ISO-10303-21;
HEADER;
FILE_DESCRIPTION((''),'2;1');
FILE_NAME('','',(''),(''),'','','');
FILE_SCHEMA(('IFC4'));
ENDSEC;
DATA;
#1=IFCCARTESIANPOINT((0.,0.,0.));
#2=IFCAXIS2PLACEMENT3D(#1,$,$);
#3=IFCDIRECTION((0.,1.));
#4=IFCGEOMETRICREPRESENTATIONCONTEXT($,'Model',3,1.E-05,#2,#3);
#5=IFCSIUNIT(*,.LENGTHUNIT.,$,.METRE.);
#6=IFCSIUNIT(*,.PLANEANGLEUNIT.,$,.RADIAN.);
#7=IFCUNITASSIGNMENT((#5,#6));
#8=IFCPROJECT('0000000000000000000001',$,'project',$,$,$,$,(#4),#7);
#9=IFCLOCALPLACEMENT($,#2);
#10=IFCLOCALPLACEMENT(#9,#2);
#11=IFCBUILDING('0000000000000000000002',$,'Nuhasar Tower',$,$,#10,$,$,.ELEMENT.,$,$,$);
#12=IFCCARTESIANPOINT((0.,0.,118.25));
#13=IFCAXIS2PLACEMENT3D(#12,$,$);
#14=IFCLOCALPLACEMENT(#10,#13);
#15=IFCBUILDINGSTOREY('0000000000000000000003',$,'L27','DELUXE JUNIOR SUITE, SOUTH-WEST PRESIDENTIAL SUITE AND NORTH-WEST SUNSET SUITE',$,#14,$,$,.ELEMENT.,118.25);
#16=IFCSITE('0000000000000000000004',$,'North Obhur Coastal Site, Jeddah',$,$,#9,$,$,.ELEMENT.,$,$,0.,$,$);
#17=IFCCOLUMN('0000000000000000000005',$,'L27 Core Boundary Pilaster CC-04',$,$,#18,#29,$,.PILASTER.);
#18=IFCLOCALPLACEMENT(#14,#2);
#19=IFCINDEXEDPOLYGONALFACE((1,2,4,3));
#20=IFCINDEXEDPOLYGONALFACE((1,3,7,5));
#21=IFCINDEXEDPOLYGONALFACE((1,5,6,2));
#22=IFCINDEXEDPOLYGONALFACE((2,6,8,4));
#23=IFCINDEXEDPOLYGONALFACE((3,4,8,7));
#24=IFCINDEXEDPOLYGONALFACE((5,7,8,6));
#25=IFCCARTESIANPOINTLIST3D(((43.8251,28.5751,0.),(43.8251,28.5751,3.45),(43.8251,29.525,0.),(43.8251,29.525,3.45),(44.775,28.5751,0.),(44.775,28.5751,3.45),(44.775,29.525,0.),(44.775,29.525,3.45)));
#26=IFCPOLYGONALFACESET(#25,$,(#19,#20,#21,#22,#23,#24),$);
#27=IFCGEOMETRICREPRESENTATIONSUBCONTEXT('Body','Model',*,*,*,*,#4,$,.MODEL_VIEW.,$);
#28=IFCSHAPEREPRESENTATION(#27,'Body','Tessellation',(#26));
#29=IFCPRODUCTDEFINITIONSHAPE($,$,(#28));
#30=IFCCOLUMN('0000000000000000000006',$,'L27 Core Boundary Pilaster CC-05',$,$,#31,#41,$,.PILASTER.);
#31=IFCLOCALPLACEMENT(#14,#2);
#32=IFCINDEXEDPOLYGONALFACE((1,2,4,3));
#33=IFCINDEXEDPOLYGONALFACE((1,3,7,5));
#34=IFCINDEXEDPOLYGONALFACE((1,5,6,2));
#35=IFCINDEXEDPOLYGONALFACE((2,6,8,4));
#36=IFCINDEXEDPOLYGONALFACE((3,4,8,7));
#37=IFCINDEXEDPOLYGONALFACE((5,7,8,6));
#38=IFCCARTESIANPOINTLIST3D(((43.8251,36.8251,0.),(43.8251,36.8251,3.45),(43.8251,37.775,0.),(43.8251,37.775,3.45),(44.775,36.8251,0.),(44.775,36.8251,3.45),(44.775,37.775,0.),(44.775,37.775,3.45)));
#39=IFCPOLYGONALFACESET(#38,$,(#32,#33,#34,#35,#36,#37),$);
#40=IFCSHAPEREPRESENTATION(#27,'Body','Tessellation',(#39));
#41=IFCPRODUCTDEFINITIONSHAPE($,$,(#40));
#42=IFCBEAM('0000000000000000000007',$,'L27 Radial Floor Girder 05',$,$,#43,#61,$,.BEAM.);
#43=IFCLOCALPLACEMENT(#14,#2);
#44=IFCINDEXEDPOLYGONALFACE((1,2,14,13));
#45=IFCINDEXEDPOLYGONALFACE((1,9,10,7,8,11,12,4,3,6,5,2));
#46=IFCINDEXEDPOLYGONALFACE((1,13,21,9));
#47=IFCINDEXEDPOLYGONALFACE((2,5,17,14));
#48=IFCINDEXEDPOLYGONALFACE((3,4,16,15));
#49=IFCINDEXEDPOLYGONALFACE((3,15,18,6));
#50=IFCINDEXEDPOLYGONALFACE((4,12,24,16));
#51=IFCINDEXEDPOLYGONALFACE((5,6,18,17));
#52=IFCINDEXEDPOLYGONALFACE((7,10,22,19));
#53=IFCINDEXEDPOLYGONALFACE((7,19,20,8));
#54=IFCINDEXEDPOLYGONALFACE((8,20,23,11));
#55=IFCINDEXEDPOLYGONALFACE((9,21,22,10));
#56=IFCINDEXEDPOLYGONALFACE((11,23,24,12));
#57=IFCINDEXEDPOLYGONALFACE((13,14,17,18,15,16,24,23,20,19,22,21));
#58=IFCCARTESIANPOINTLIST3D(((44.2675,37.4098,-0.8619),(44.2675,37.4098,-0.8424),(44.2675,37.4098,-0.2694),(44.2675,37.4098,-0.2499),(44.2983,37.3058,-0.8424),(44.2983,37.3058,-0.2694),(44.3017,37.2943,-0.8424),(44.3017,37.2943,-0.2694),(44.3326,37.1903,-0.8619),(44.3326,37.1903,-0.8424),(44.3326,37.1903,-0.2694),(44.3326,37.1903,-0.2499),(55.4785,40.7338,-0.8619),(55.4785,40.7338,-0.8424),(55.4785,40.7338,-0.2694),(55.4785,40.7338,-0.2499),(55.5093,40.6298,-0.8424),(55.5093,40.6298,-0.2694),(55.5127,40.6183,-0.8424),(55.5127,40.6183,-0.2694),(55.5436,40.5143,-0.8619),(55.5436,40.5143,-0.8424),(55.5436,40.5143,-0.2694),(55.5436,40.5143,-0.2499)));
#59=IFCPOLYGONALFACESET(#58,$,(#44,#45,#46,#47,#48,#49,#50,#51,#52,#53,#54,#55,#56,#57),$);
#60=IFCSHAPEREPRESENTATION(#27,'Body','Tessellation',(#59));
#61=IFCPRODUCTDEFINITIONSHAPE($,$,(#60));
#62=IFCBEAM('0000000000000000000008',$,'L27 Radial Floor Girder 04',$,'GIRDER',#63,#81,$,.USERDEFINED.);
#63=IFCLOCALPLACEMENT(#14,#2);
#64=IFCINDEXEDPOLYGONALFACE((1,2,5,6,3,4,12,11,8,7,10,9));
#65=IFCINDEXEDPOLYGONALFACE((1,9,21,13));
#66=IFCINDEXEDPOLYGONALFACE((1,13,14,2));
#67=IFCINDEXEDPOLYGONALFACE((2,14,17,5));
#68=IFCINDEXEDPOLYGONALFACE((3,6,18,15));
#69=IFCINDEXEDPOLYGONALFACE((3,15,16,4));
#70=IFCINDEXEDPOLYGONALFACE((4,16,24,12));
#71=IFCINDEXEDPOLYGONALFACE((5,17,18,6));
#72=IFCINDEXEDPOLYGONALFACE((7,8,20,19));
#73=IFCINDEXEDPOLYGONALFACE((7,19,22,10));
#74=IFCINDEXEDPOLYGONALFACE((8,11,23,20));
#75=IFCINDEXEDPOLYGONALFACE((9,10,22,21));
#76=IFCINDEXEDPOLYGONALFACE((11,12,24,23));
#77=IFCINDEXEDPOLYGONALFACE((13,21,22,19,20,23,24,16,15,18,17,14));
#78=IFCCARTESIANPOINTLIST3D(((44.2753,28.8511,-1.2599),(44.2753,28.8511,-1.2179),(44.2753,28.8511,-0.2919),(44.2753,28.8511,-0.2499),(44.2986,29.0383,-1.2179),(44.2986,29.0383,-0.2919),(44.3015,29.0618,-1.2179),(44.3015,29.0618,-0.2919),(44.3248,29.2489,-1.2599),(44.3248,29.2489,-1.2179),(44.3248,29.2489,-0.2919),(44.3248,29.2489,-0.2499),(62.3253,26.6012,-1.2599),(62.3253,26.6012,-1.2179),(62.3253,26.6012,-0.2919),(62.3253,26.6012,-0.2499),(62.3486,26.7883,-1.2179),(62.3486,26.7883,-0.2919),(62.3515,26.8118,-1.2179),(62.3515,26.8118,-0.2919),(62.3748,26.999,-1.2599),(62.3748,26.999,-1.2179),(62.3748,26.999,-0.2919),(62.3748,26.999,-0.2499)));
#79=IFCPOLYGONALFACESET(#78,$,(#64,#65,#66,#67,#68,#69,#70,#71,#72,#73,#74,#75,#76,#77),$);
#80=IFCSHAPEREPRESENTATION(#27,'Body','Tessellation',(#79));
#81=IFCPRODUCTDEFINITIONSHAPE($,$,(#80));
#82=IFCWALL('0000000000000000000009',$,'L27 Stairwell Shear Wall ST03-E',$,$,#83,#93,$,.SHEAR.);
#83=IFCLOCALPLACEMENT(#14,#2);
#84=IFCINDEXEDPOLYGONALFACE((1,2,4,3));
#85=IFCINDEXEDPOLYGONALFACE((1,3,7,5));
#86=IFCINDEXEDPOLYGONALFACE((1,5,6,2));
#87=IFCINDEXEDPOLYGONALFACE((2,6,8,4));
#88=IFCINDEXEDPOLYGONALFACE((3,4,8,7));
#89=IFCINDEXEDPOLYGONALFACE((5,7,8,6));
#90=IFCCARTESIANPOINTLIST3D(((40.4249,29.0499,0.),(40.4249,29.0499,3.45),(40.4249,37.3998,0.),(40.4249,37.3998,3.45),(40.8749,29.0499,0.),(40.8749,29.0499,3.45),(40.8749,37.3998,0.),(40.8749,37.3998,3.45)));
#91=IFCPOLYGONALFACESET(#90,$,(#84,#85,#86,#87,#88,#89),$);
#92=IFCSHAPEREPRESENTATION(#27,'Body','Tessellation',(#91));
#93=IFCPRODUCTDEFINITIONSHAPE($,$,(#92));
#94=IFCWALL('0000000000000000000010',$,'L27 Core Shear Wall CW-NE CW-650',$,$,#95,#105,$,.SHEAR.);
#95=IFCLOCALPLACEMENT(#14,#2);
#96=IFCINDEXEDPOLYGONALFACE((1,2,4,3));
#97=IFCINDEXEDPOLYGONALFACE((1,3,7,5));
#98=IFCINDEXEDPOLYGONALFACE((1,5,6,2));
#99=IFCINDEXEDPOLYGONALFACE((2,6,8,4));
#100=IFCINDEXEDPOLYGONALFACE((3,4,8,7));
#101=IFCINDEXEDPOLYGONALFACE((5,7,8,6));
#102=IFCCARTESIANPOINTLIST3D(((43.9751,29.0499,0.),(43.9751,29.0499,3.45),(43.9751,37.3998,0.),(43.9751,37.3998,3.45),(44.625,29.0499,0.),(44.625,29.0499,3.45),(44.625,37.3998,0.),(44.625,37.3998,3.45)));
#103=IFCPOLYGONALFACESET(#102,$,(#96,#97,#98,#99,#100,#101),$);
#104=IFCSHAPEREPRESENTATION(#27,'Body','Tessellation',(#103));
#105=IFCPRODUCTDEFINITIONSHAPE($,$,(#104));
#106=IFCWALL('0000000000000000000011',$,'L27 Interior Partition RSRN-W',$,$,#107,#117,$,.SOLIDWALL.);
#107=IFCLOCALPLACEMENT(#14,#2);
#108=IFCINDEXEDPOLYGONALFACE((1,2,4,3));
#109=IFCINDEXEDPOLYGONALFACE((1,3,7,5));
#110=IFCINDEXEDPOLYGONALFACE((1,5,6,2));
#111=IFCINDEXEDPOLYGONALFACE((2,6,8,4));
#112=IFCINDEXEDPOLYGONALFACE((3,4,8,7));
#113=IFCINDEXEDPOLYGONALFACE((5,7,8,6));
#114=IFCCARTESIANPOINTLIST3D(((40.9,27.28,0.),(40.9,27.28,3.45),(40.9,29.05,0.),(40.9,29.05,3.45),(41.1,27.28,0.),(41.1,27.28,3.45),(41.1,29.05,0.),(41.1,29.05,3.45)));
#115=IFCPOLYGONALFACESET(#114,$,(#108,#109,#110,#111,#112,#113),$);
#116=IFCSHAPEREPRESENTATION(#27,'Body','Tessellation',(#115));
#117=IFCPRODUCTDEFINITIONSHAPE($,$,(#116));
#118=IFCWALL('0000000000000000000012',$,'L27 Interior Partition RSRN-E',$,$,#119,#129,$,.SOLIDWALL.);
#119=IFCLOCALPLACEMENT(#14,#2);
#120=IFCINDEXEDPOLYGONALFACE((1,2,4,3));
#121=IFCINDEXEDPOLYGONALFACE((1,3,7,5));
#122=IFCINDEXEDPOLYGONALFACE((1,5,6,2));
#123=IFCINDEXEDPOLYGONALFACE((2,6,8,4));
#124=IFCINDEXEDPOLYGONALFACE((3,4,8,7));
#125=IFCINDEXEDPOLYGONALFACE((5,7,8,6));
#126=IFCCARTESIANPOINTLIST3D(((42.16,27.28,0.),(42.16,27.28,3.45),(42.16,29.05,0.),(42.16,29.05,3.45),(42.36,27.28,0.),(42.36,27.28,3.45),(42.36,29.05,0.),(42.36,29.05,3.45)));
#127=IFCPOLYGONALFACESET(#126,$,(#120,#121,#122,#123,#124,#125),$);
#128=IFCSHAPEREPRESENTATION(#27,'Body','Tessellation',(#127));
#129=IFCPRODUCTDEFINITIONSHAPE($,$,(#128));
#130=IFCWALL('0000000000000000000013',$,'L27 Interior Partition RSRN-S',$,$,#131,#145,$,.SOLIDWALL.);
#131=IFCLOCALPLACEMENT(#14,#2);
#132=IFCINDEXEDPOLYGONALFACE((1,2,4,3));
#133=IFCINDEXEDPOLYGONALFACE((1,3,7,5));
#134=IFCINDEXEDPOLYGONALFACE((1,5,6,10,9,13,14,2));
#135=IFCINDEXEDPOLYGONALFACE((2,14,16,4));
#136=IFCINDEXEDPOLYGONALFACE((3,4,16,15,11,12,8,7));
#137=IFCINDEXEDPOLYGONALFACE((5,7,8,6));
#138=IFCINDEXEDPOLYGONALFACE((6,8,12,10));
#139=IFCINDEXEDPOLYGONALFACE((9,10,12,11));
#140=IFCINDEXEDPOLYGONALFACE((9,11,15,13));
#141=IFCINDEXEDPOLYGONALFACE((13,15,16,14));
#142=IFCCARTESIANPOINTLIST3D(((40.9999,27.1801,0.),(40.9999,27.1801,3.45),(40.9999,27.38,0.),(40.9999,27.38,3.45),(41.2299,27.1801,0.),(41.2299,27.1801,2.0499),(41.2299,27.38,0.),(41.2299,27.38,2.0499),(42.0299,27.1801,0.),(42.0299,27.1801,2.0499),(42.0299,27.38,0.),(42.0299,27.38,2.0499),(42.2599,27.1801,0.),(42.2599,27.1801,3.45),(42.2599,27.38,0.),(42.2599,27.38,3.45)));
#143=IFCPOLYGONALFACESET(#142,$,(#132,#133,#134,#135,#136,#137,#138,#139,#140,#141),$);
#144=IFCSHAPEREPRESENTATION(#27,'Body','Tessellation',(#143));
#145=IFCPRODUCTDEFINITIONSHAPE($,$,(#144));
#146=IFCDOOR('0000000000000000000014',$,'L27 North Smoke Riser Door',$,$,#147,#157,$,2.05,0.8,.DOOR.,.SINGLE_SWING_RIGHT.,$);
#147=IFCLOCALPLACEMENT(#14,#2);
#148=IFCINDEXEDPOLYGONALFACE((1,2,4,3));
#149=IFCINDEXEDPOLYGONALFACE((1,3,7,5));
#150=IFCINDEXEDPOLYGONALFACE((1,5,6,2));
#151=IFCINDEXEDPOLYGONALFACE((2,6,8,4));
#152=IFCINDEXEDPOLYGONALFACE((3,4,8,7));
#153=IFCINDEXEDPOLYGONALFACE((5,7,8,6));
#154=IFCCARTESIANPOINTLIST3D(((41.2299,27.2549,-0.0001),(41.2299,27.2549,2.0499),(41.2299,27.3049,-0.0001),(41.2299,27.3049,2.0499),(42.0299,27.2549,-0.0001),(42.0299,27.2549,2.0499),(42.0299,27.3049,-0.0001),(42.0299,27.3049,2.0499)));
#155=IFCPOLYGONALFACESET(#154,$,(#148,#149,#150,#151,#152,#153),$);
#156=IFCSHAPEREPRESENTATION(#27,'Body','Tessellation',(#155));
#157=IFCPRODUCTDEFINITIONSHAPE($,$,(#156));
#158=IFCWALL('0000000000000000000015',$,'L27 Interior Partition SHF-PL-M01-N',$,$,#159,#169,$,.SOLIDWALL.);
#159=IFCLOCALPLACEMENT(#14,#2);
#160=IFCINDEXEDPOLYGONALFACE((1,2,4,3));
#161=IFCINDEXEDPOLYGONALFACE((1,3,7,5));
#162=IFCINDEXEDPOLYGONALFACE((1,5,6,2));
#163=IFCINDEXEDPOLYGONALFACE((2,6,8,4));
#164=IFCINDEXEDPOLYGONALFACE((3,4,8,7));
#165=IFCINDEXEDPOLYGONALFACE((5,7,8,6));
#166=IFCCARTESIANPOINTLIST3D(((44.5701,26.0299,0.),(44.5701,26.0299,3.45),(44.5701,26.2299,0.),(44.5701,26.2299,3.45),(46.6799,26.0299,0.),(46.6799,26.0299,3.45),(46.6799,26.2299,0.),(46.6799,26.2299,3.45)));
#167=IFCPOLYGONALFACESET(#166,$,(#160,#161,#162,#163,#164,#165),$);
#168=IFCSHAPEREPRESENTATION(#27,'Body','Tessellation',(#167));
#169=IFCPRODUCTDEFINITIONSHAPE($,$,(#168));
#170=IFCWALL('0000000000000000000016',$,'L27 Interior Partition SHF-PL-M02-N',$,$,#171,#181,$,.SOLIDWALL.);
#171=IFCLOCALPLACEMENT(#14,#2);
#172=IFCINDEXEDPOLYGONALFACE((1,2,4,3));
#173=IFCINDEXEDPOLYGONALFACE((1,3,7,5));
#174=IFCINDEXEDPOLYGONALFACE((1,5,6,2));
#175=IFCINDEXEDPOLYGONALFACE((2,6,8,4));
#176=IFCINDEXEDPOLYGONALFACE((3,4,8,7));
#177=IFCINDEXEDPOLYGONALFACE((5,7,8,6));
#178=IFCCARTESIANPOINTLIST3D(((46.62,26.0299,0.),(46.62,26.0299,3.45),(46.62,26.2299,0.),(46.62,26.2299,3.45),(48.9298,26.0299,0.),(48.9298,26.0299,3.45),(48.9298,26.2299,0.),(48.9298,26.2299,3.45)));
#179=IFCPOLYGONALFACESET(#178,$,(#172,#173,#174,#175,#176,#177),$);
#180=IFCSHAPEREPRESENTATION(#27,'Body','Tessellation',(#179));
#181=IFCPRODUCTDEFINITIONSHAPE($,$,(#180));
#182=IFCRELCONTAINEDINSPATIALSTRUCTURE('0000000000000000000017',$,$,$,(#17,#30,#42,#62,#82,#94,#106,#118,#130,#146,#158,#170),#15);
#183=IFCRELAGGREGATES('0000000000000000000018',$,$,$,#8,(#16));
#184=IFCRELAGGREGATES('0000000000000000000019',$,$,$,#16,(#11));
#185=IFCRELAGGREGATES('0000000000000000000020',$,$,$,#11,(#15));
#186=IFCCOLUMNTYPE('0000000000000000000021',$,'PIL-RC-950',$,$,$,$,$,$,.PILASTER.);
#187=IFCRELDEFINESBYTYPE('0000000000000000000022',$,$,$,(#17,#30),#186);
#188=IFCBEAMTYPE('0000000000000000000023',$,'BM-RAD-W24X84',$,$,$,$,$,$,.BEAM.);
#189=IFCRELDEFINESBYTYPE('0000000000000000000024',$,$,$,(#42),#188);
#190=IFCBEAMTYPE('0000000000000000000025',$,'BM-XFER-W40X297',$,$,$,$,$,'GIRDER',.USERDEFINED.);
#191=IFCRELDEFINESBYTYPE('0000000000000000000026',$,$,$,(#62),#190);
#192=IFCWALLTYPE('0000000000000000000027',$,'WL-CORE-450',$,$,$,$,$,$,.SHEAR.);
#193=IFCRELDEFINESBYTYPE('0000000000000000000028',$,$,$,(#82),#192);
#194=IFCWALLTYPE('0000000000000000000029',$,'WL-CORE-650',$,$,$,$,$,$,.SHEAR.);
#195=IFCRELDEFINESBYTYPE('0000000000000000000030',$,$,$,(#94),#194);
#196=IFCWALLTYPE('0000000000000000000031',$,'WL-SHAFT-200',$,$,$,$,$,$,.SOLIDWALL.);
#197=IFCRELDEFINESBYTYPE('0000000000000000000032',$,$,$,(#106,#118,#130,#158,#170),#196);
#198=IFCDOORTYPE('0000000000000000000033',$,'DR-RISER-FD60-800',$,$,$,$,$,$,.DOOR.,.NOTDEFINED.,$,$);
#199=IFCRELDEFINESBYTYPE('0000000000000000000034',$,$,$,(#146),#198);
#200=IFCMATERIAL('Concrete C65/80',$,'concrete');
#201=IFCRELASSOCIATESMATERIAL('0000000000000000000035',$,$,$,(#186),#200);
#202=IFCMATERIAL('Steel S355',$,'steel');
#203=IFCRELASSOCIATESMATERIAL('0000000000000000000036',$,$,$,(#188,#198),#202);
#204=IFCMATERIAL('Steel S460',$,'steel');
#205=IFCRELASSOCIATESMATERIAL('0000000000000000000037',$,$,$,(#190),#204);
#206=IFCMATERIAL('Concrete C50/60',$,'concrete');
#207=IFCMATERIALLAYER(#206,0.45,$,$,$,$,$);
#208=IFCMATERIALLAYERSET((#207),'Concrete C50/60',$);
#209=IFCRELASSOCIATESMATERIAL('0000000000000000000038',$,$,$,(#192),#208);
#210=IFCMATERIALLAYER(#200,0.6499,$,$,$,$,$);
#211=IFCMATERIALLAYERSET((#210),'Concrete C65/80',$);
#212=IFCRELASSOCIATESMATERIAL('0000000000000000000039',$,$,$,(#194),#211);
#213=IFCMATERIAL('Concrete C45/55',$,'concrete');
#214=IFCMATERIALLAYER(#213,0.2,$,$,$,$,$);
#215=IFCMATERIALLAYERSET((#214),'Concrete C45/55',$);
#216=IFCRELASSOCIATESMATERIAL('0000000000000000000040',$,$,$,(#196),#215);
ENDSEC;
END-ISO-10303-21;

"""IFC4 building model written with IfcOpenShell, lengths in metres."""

from ifc_helpers import new_model, si_unit, direction, frame, frame_2d, origin, origin_2d, place, context, subcontext, project, spatial, rectangle, i_section, extrude, material, layer, layer_set, material_profile, profile_set, type_object, element, fill, save


model = new_model("IFC4")

# Units and contexts
model_context = context("Model", 3, precision=1e-05, world=origin(), true_north=direction((0.0, 1.0)))
body_context = subcontext(model_context, "Body", "Model", "MODEL_VIEW")
ifc_project = project(units=[si_unit("LENGTHUNIT", "METRE"), si_unit("PLANEANGLEUNIT", "RADIAN")], contexts=[model_context])

# Site, building, storey
site_placement = place(None, origin())
site = spatial("IfcSite", under=ifc_project, at=site_placement, Name="North Obhur Coastal Site, Jeddah", CompositionType="ELEMENT", RefElevation=0.0)
building_placement = place(site_placement, origin())
building = spatial("IfcBuilding", under=site, at=building_placement, Name="Nuhasar Tower", CompositionType="ELEMENT")
storey_placement = place(building_placement, frame((0.0, 0.0, 118.25)))
storey = spatial("IfcBuildingStorey", under=building, at=storey_placement, Name="L27", Description="DELUXE JUNIOR SUITE, SOUTH-WEST PRESIDENTIAL SUITE AND NORTH-WEST SUNSET SUITE", CompositionType="ELEMENT", Elevation=118.25)

# Columns
ifc_material_1 = material(Name="Concrete C65/80", Category="concrete")
ifc_material_profile_1 = material_profile(ifc_material_1, rectangle(XDim=0.95, YDim=0.95, at=origin_2d()), Name="RC950X950")
ifc_profile_set_1 = profile_set([ifc_material_profile_1], Name="Concrete C65/80")
column_type = type_object("IfcColumnType", Name="PIL-RC-950", PredefinedType="PILASTER", material=ifc_profile_set_1)
for number, where, z_axis, x_axis, name in (
    (1, (44.3, 29.05, 0.0), (0.0, 0.0, 1.0), (1.0, 0.0, 0.0), "L27 Core Boundary Pilaster CC-04"),
    (2, (44.3, 37.3, 0.0), (0.0, 0.0, 1.0), (1.0, 0.0, 0.0), "L27 Core Boundary Pilaster CC-05"),
):
    element("IfcColumn", number, at=place(storey_placement, frame(where, z_axis=z_axis, x_axis=x_axis)), inside=storey, type_object=column_type, Name=name, PredefinedType="PILASTER", context=body_context, shape_type="SweptSolid", body=[
        extrude(rectangle(XDim=0.95, YDim=0.95, at=origin_2d()), origin(), (0.0, 0.0, 1.0), 3.45),
    ])

# Beams
ifc_material_2 = material(Name="Steel S355", Category="steel")
ifc_material_profile_2 = material_profile(ifc_material_2, i_section(OverallWidth=0.229, OverallDepth=0.6121, WebThickness=0.012, FlangeThickness=0.0195, at=origin_2d()), Name="W24X84")
ifc_profile_set_2 = profile_set([ifc_material_profile_2], Name="Steel S355")
beam_type_1 = type_object("IfcBeamType", Name="BM-RAD-W24X84", PredefinedType="BEAM", material=ifc_profile_set_2)
beam_1_placement = place(storey_placement, frame((44.3, 37.3, -0.5559), z_axis=(0.958746, 0.284262, 0.0), x_axis=(-0.284262, 0.958746, 0.0)))
element("IfcBeam", 3, at=beam_1_placement, inside=storey, type_object=beam_type_1, Name="L27 Radial Floor Girder 05", PredefinedType="BEAM", context=body_context, shape_type="SweptSolid", body=[
    extrude(i_section(OverallWidth=0.229, OverallDepth=0.6121, WebThickness=0.012, FlangeThickness=0.0195, at=origin_2d()), origin(), (0.0, 0.0, 1.0), 11.6934),
])
ifc_material_3 = material(Name="Steel S460", Category="steel")
ifc_material_profile_3 = material_profile(ifc_material_3, i_section(OverallWidth=0.4009, OverallDepth=1.01, WebThickness=0.0237, FlangeThickness=0.042, at=origin_2d()), Name="W40X297")
ifc_profile_set_3 = profile_set([ifc_material_profile_3], Name="Steel S460")
beam_type_2 = type_object("IfcBeamType", Name="BM-XFER-W40X297", ElementType="GIRDER", PredefinedType="USERDEFINED", material=ifc_profile_set_3)
beam_2_placement = place(storey_placement, frame((44.3, 29.05, -0.7549), z_axis=(0.99232, -0.123696, 0.0), x_axis=(0.123696, 0.99232, 0.0)))
element("IfcBeam", 4, at=beam_2_placement, inside=storey, type_object=beam_type_2, Name="L27 Radial Floor Girder 04", ObjectType="GIRDER", PredefinedType="USERDEFINED", context=body_context, shape_type="SweptSolid", body=[
    extrude(i_section(OverallWidth=0.4009, OverallDepth=1.01, WebThickness=0.0237, FlangeThickness=0.042, at=origin_2d()), origin(), (0.0, 0.0, 1.0), 18.1897),
])

# Walls
ifc_material_4 = material(Name="Concrete C50/60", Category="concrete")
ifc_layer_1 = layer(ifc_material_4, 0.45)
ifc_layer_set_1 = layer_set([ifc_layer_1], Name="Concrete C50/60")
wall_type_1 = type_object("IfcWallType", Name="WL-CORE-450", PredefinedType="SHEAR", material=ifc_layer_set_1)
wall_1_placement = place(storey_placement, frame((40.6499, 29.05, 0.0), z_axis=(0.0, 0.0, 1.0), x_axis=(0.0, 1.0, 0.0)))
element("IfcWall", 5, at=wall_1_placement, inside=storey, type_object=wall_type_1, Name="L27 Stairwell Shear Wall ST03-E", PredefinedType="SHEAR", context=body_context, shape_type="SweptSolid", body=[
    extrude(rectangle(XDim=8.3499, YDim=0.45, at=frame_2d((4.1748, 0.0))), origin(), (0.0, 0.0, 1.0), 3.45),
])
ifc_layer_2 = layer(ifc_material_1, 0.6499)
ifc_layer_set_2 = layer_set([ifc_layer_2], Name="Concrete C65/80")
wall_type_2 = type_object("IfcWallType", Name="WL-CORE-650", PredefinedType="SHEAR", material=ifc_layer_set_2)
wall_2_placement = place(storey_placement, frame((44.3, 29.05, 0.0), z_axis=(0.0, 0.0, 1.0), x_axis=(0.0, 1.0, 0.0)))
element("IfcWall", 6, at=wall_2_placement, inside=storey, type_object=wall_type_2, Name="L27 Core Shear Wall CW-NE CW-650", PredefinedType="SHEAR", context=body_context, shape_type="SweptSolid", body=[
    extrude(rectangle(XDim=8.3499, YDim=0.6499, at=frame_2d((4.1748, 0.0))), origin(), (0.0, 0.0, 1.0), 3.45),
])
ifc_material_5 = material(Name="Concrete C45/55", Category="concrete")
ifc_layer_3 = layer(ifc_material_5, 0.2)
ifc_layer_set_3 = layer_set([ifc_layer_3], Name="Concrete C45/55")
wall_type_3 = type_object("IfcWallType", Name="WL-SHAFT-200", PredefinedType="SOLIDWALL", material=ifc_layer_set_3)
for number, where, z_axis, x_axis, name in (
    (7, (41.0, 27.28, 0.0), (0.0, 0.0, 1.0), (0.0, 1.0, 0.0), "L27 Interior Partition RSRN-W"),
    (8, (42.26, 27.28, 0.0), (0.0, 0.0, 1.0), (0.0, 1.0, 0.0), "L27 Interior Partition RSRN-E"),
):
    element("IfcWall", number, at=place(storey_placement, frame(where, z_axis=z_axis, x_axis=x_axis)), inside=storey, type_object=wall_type_3, Name=name, PredefinedType="SOLIDWALL", context=body_context, shape_type="SweptSolid", body=[
        extrude(rectangle(XDim=1.77, YDim=0.2, at=frame_2d((0.885, 0.0))), origin(), (0.0, 0.0, 1.0), 3.45),
    ])

# Wall, opening, door
wall_3_placement = place(storey_placement, frame((41.0, 27.28, 0.0), z_axis=(0.0, 0.0, 1.0), x_axis=(1.0, 0.0, 0.0)))
wall_3 = element("IfcWall", 9, at=wall_3_placement, inside=storey, type_object=wall_type_3, Name="L27 Interior Partition RSRN-S", PredefinedType="SOLIDWALL", context=body_context, shape_type="SweptSolid", body=[
    extrude(rectangle(XDim=1.26, YDim=0.2, at=frame_2d((0.6299, 0.0))), origin(), (0.0, 0.0, 1.0), 3.45),
])
opening_1_placement = place(wall_3_placement, frame((0.23, 0.0, 0.0)))
opening_1 = element("IfcOpeningElement", 10, at=opening_1_placement, cuts=wall_3, PredefinedType="OPENING", context=body_context, shape_type="SweptSolid", body=[
    extrude(rectangle(XDim=0.8, YDim=2.05, at=frame_2d((0.3999, 1.0249))), frame((0.0, 0.1099, 0.0), z_axis=(0.0, -1.0, 0.0), x_axis=(1.0, 0.0, 0.0)), (0.0, 0.0, 1.0), 0.22),
])
door_type = type_object("IfcDoorType", Name="DR-RISER-FD60-800", OperationType="NOTDEFINED", PredefinedType="DOOR", material=ifc_material_2)
door_1_placement = place(opening_1_placement, origin())
door_1 = element("IfcDoor", 11, at=door_1_placement, inside=storey, type_object=door_type, Name="L27 North Smoke Riser Door", OperationType="SINGLE_SWING_RIGHT", OverallHeight=2.05, OverallWidth=0.8, PredefinedType="DOOR", context=body_context, shape_type="SweptSolid", body=[
    extrude(rectangle(XDim=0.8, YDim=2.05, at=frame_2d((0.3999, 1.0249))), frame((0.0, 0.0249, 0.0), z_axis=(0.0, -1.0, 0.0), x_axis=(1.0, 0.0, 0.0)), (0.0, 0.0, 1.0), 0.05),
])
fill(opening_1, door_1)

# Walls
wall_4_placement = place(storey_placement, frame((44.5701, 26.1299, 0.0), z_axis=(0.0, 0.0, 1.0), x_axis=(1.0, 0.0, 0.0)))
element("IfcWall", 12, at=wall_4_placement, inside=storey, type_object=wall_type_3, Name="L27 Interior Partition SHF-PL-M01-N", PredefinedType="SOLIDWALL", context=body_context, shape_type="SweptSolid", body=[
    extrude(rectangle(XDim=2.1099, YDim=0.2, at=frame_2d((1.0549, 0.0))), origin(), (0.0, 0.0, 1.0), 3.45),
])
wall_5_placement = place(storey_placement, frame((46.6201, 26.1299, 0.0), z_axis=(0.0, 0.0, 1.0), x_axis=(1.0, 0.0, 0.0)))
element("IfcWall", 13, at=wall_5_placement, inside=storey, type_object=wall_type_3, Name="L27 Interior Partition SHF-PL-M02-N", PredefinedType="SOLIDWALL", context=body_context, shape_type="SweptSolid", body=[
    extrude(rectangle(XDim=2.3098, YDim=0.2, at=frame_2d((1.1548, 0.0))), origin(), (0.0, 0.0, 1.0), 3.45),
])

save(model, "model.ifc")
